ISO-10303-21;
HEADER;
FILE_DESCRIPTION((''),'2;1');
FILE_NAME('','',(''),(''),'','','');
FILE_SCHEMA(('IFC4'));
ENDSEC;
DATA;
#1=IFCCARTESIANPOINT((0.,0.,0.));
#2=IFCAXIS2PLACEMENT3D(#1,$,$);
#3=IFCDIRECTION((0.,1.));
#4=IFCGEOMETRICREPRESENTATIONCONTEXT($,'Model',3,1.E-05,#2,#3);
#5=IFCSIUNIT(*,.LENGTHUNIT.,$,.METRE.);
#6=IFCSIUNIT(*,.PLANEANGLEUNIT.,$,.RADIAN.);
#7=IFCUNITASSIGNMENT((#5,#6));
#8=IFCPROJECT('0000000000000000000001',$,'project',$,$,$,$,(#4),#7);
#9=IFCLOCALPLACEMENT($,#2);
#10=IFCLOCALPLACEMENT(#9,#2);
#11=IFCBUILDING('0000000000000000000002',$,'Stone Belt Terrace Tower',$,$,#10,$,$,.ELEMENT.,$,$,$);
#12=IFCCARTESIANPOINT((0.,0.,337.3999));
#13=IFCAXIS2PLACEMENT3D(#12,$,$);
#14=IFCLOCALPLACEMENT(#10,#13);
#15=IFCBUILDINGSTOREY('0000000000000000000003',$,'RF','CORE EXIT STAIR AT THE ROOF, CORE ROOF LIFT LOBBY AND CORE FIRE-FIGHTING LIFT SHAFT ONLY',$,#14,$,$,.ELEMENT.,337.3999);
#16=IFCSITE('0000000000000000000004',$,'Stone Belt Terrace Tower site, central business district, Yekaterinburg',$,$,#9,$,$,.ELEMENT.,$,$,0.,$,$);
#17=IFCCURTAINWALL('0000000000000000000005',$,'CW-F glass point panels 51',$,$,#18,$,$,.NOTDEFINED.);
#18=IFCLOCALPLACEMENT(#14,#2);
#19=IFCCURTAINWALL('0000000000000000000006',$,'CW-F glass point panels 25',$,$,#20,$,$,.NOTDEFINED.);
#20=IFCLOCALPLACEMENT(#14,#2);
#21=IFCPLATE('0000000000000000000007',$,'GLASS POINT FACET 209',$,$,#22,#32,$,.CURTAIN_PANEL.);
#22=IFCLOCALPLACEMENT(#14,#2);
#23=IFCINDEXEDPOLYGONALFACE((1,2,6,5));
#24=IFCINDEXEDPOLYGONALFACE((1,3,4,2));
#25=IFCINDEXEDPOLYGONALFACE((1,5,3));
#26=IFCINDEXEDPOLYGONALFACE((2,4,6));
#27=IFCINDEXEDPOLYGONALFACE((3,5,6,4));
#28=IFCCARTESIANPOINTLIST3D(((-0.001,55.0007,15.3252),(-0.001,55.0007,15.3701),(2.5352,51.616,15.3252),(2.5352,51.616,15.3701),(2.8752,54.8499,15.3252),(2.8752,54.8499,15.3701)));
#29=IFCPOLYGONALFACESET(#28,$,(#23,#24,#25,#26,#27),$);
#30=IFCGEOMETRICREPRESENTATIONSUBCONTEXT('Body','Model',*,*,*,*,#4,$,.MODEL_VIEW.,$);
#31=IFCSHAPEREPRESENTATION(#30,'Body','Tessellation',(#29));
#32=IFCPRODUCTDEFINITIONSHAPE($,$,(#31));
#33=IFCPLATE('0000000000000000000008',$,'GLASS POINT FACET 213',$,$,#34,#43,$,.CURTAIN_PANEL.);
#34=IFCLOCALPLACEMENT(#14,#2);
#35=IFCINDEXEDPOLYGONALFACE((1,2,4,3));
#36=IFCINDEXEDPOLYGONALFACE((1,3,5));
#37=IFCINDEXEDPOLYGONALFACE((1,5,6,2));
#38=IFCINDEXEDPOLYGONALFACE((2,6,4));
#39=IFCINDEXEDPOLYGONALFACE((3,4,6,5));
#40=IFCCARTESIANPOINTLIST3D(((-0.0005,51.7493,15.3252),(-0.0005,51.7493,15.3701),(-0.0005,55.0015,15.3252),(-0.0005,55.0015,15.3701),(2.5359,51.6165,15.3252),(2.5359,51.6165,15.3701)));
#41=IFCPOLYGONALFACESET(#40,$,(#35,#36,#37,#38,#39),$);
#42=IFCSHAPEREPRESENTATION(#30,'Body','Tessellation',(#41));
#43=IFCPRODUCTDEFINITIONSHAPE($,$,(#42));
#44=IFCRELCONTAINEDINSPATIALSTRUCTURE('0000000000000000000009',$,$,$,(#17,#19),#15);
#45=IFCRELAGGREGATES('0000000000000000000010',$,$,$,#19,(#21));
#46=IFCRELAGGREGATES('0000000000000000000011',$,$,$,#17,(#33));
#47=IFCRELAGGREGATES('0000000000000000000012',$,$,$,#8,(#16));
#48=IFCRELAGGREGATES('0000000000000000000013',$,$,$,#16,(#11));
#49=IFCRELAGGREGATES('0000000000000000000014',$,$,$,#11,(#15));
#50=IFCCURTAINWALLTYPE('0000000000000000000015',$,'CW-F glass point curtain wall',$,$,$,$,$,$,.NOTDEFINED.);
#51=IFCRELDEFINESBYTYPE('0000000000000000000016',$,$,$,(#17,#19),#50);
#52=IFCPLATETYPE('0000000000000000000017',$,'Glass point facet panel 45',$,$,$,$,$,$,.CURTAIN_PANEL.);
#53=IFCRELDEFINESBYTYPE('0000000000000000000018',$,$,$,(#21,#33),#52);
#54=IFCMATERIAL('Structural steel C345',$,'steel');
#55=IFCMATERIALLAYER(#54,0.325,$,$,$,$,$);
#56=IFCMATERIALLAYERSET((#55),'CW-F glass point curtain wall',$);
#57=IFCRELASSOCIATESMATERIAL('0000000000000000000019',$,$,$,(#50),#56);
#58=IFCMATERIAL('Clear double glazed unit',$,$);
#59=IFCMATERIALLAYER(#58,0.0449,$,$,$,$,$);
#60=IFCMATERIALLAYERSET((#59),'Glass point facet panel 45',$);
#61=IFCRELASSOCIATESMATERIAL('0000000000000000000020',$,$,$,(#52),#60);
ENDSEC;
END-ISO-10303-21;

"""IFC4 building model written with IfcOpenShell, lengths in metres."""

from ifc_helpers import new_model, si_unit, direction, frame, origin, place, context, subcontext, project, spatial, polyline, outline, extrude, material, layer, layer_set, type_object, element, aggregate, save


model = new_model("IFC4")

# Units and contexts
model_context = context("Model", 3, precision=1e-05, world=origin(), true_north=direction((0.0, 1.0)))
body_context = subcontext(model_context, "Body", "Model", "MODEL_VIEW")
ifc_project = project(units=[si_unit("LENGTHUNIT", "METRE"), si_unit("PLANEANGLEUNIT", "RADIAN")], contexts=[model_context])

# Site, building, storey
site_placement = place(None, origin())
site = spatial("IfcSite", under=ifc_project, at=site_placement, Name="Stone Belt Terrace Tower site, central business district, Yekaterinburg", CompositionType="ELEMENT", RefElevation=0.0)
building_placement = place(site_placement, origin())
building = spatial("IfcBuilding", under=site, at=building_placement, Name="Stone Belt Terrace Tower", CompositionType="ELEMENT")
storey_placement = place(building_placement, frame((0.0, 0.0, 337.3999)))
storey = spatial("IfcBuildingStorey", under=building, at=storey_placement, Name="RF", Description="CORE EXIT STAIR AT THE ROOF, CORE ROOF LIFT LOBBY AND CORE FIRE-FIGHTING LIFT SHAFT ONLY", CompositionType="ELEMENT", Elevation=337.3999)

# Shared definitions
ifc_material_1 = material(Name="Structural steel C345", Category="steel")

# Shared definitions
ifc_layer_1 = layer(ifc_material_1, 0.325)
ifc_layer_set_1 = layer_set([ifc_layer_1], Name="CW-F glass point curtain wall")
curtain_wall_type = type_object("IfcCurtainWallType", Name="CW-F glass point curtain wall", PredefinedType="NOTDEFINED", material=ifc_layer_set_1)
ifc_material_2 = material(Name="Clear double glazed unit")
ifc_layer_2 = layer(ifc_material_2, 0.0449)
ifc_layer_set_2 = layer_set([ifc_layer_2], Name="Glass point facet panel 45")
plate_type = type_object("IfcPlateType", Name="Glass point facet panel 45", PredefinedType="CURTAIN_PANEL", material=ifc_layer_set_2)

# Curtain wall
curtain_wall_1_placement = place(storey_placement, origin())
curtain_wall_1 = element("IfcCurtainWall", 1, at=curtain_wall_1_placement, inside=storey, type_object=curtain_wall_type, Name="CW-F glass point panels 51", PredefinedType="NOTDEFINED")

# Curtain wall
curtain_wall_2_placement = place(storey_placement, origin())
curtain_wall_2 = element("IfcCurtainWall", 2, at=curtain_wall_2_placement, inside=storey, type_object=curtain_wall_type, Name="CW-F glass point panels 25", PredefinedType="NOTDEFINED")

# Plates
plate_1_placement = place(storey_placement, frame((-0.001, 55.0007, 15.3701), z_axis=(0.0, 0.0, 1.0), x_axis=(0.998627, -0.052385, 0.0)))
plate_1 = element("IfcPlate", 3, at=plate_1_placement, type_object=plate_type, Name="GLASS POINT FACET 209", PredefinedType="CURTAIN_PANEL", context=body_context, shape_type="SweptSolid", body=[
    extrude(outline(polyline([(0.0, 0.0), (2.8802, 0.0), (2.71, -3.2473), (0.0, 0.0)])), origin(), (0.0, 0.0, -1.0), 0.0449),
])
aggregate(curtain_wall_2, [plate_1])
plate_2_placement = place(storey_placement, frame((-0.0005, 55.0015, 15.3701), z_axis=(0.0, 0.0, 1.0), x_axis=(0.59964, -0.80027, 0.0)))
plate_2 = element("IfcPlate", 4, at=plate_2_placement, type_object=plate_type, Name="GLASS POINT FACET 213", PredefinedType="CURTAIN_PANEL", context=body_context, shape_type="SweptSolid", body=[
    extrude(outline(polyline([(0.0, 0.0), (4.2298, 0.0), (2.6026, -1.9501), (0.0, 0.0)])), origin(), (0.0, 0.0, -1.0), 0.0449),
])
aggregate(curtain_wall_1, [plate_2])

save(model, "model.ifc")
